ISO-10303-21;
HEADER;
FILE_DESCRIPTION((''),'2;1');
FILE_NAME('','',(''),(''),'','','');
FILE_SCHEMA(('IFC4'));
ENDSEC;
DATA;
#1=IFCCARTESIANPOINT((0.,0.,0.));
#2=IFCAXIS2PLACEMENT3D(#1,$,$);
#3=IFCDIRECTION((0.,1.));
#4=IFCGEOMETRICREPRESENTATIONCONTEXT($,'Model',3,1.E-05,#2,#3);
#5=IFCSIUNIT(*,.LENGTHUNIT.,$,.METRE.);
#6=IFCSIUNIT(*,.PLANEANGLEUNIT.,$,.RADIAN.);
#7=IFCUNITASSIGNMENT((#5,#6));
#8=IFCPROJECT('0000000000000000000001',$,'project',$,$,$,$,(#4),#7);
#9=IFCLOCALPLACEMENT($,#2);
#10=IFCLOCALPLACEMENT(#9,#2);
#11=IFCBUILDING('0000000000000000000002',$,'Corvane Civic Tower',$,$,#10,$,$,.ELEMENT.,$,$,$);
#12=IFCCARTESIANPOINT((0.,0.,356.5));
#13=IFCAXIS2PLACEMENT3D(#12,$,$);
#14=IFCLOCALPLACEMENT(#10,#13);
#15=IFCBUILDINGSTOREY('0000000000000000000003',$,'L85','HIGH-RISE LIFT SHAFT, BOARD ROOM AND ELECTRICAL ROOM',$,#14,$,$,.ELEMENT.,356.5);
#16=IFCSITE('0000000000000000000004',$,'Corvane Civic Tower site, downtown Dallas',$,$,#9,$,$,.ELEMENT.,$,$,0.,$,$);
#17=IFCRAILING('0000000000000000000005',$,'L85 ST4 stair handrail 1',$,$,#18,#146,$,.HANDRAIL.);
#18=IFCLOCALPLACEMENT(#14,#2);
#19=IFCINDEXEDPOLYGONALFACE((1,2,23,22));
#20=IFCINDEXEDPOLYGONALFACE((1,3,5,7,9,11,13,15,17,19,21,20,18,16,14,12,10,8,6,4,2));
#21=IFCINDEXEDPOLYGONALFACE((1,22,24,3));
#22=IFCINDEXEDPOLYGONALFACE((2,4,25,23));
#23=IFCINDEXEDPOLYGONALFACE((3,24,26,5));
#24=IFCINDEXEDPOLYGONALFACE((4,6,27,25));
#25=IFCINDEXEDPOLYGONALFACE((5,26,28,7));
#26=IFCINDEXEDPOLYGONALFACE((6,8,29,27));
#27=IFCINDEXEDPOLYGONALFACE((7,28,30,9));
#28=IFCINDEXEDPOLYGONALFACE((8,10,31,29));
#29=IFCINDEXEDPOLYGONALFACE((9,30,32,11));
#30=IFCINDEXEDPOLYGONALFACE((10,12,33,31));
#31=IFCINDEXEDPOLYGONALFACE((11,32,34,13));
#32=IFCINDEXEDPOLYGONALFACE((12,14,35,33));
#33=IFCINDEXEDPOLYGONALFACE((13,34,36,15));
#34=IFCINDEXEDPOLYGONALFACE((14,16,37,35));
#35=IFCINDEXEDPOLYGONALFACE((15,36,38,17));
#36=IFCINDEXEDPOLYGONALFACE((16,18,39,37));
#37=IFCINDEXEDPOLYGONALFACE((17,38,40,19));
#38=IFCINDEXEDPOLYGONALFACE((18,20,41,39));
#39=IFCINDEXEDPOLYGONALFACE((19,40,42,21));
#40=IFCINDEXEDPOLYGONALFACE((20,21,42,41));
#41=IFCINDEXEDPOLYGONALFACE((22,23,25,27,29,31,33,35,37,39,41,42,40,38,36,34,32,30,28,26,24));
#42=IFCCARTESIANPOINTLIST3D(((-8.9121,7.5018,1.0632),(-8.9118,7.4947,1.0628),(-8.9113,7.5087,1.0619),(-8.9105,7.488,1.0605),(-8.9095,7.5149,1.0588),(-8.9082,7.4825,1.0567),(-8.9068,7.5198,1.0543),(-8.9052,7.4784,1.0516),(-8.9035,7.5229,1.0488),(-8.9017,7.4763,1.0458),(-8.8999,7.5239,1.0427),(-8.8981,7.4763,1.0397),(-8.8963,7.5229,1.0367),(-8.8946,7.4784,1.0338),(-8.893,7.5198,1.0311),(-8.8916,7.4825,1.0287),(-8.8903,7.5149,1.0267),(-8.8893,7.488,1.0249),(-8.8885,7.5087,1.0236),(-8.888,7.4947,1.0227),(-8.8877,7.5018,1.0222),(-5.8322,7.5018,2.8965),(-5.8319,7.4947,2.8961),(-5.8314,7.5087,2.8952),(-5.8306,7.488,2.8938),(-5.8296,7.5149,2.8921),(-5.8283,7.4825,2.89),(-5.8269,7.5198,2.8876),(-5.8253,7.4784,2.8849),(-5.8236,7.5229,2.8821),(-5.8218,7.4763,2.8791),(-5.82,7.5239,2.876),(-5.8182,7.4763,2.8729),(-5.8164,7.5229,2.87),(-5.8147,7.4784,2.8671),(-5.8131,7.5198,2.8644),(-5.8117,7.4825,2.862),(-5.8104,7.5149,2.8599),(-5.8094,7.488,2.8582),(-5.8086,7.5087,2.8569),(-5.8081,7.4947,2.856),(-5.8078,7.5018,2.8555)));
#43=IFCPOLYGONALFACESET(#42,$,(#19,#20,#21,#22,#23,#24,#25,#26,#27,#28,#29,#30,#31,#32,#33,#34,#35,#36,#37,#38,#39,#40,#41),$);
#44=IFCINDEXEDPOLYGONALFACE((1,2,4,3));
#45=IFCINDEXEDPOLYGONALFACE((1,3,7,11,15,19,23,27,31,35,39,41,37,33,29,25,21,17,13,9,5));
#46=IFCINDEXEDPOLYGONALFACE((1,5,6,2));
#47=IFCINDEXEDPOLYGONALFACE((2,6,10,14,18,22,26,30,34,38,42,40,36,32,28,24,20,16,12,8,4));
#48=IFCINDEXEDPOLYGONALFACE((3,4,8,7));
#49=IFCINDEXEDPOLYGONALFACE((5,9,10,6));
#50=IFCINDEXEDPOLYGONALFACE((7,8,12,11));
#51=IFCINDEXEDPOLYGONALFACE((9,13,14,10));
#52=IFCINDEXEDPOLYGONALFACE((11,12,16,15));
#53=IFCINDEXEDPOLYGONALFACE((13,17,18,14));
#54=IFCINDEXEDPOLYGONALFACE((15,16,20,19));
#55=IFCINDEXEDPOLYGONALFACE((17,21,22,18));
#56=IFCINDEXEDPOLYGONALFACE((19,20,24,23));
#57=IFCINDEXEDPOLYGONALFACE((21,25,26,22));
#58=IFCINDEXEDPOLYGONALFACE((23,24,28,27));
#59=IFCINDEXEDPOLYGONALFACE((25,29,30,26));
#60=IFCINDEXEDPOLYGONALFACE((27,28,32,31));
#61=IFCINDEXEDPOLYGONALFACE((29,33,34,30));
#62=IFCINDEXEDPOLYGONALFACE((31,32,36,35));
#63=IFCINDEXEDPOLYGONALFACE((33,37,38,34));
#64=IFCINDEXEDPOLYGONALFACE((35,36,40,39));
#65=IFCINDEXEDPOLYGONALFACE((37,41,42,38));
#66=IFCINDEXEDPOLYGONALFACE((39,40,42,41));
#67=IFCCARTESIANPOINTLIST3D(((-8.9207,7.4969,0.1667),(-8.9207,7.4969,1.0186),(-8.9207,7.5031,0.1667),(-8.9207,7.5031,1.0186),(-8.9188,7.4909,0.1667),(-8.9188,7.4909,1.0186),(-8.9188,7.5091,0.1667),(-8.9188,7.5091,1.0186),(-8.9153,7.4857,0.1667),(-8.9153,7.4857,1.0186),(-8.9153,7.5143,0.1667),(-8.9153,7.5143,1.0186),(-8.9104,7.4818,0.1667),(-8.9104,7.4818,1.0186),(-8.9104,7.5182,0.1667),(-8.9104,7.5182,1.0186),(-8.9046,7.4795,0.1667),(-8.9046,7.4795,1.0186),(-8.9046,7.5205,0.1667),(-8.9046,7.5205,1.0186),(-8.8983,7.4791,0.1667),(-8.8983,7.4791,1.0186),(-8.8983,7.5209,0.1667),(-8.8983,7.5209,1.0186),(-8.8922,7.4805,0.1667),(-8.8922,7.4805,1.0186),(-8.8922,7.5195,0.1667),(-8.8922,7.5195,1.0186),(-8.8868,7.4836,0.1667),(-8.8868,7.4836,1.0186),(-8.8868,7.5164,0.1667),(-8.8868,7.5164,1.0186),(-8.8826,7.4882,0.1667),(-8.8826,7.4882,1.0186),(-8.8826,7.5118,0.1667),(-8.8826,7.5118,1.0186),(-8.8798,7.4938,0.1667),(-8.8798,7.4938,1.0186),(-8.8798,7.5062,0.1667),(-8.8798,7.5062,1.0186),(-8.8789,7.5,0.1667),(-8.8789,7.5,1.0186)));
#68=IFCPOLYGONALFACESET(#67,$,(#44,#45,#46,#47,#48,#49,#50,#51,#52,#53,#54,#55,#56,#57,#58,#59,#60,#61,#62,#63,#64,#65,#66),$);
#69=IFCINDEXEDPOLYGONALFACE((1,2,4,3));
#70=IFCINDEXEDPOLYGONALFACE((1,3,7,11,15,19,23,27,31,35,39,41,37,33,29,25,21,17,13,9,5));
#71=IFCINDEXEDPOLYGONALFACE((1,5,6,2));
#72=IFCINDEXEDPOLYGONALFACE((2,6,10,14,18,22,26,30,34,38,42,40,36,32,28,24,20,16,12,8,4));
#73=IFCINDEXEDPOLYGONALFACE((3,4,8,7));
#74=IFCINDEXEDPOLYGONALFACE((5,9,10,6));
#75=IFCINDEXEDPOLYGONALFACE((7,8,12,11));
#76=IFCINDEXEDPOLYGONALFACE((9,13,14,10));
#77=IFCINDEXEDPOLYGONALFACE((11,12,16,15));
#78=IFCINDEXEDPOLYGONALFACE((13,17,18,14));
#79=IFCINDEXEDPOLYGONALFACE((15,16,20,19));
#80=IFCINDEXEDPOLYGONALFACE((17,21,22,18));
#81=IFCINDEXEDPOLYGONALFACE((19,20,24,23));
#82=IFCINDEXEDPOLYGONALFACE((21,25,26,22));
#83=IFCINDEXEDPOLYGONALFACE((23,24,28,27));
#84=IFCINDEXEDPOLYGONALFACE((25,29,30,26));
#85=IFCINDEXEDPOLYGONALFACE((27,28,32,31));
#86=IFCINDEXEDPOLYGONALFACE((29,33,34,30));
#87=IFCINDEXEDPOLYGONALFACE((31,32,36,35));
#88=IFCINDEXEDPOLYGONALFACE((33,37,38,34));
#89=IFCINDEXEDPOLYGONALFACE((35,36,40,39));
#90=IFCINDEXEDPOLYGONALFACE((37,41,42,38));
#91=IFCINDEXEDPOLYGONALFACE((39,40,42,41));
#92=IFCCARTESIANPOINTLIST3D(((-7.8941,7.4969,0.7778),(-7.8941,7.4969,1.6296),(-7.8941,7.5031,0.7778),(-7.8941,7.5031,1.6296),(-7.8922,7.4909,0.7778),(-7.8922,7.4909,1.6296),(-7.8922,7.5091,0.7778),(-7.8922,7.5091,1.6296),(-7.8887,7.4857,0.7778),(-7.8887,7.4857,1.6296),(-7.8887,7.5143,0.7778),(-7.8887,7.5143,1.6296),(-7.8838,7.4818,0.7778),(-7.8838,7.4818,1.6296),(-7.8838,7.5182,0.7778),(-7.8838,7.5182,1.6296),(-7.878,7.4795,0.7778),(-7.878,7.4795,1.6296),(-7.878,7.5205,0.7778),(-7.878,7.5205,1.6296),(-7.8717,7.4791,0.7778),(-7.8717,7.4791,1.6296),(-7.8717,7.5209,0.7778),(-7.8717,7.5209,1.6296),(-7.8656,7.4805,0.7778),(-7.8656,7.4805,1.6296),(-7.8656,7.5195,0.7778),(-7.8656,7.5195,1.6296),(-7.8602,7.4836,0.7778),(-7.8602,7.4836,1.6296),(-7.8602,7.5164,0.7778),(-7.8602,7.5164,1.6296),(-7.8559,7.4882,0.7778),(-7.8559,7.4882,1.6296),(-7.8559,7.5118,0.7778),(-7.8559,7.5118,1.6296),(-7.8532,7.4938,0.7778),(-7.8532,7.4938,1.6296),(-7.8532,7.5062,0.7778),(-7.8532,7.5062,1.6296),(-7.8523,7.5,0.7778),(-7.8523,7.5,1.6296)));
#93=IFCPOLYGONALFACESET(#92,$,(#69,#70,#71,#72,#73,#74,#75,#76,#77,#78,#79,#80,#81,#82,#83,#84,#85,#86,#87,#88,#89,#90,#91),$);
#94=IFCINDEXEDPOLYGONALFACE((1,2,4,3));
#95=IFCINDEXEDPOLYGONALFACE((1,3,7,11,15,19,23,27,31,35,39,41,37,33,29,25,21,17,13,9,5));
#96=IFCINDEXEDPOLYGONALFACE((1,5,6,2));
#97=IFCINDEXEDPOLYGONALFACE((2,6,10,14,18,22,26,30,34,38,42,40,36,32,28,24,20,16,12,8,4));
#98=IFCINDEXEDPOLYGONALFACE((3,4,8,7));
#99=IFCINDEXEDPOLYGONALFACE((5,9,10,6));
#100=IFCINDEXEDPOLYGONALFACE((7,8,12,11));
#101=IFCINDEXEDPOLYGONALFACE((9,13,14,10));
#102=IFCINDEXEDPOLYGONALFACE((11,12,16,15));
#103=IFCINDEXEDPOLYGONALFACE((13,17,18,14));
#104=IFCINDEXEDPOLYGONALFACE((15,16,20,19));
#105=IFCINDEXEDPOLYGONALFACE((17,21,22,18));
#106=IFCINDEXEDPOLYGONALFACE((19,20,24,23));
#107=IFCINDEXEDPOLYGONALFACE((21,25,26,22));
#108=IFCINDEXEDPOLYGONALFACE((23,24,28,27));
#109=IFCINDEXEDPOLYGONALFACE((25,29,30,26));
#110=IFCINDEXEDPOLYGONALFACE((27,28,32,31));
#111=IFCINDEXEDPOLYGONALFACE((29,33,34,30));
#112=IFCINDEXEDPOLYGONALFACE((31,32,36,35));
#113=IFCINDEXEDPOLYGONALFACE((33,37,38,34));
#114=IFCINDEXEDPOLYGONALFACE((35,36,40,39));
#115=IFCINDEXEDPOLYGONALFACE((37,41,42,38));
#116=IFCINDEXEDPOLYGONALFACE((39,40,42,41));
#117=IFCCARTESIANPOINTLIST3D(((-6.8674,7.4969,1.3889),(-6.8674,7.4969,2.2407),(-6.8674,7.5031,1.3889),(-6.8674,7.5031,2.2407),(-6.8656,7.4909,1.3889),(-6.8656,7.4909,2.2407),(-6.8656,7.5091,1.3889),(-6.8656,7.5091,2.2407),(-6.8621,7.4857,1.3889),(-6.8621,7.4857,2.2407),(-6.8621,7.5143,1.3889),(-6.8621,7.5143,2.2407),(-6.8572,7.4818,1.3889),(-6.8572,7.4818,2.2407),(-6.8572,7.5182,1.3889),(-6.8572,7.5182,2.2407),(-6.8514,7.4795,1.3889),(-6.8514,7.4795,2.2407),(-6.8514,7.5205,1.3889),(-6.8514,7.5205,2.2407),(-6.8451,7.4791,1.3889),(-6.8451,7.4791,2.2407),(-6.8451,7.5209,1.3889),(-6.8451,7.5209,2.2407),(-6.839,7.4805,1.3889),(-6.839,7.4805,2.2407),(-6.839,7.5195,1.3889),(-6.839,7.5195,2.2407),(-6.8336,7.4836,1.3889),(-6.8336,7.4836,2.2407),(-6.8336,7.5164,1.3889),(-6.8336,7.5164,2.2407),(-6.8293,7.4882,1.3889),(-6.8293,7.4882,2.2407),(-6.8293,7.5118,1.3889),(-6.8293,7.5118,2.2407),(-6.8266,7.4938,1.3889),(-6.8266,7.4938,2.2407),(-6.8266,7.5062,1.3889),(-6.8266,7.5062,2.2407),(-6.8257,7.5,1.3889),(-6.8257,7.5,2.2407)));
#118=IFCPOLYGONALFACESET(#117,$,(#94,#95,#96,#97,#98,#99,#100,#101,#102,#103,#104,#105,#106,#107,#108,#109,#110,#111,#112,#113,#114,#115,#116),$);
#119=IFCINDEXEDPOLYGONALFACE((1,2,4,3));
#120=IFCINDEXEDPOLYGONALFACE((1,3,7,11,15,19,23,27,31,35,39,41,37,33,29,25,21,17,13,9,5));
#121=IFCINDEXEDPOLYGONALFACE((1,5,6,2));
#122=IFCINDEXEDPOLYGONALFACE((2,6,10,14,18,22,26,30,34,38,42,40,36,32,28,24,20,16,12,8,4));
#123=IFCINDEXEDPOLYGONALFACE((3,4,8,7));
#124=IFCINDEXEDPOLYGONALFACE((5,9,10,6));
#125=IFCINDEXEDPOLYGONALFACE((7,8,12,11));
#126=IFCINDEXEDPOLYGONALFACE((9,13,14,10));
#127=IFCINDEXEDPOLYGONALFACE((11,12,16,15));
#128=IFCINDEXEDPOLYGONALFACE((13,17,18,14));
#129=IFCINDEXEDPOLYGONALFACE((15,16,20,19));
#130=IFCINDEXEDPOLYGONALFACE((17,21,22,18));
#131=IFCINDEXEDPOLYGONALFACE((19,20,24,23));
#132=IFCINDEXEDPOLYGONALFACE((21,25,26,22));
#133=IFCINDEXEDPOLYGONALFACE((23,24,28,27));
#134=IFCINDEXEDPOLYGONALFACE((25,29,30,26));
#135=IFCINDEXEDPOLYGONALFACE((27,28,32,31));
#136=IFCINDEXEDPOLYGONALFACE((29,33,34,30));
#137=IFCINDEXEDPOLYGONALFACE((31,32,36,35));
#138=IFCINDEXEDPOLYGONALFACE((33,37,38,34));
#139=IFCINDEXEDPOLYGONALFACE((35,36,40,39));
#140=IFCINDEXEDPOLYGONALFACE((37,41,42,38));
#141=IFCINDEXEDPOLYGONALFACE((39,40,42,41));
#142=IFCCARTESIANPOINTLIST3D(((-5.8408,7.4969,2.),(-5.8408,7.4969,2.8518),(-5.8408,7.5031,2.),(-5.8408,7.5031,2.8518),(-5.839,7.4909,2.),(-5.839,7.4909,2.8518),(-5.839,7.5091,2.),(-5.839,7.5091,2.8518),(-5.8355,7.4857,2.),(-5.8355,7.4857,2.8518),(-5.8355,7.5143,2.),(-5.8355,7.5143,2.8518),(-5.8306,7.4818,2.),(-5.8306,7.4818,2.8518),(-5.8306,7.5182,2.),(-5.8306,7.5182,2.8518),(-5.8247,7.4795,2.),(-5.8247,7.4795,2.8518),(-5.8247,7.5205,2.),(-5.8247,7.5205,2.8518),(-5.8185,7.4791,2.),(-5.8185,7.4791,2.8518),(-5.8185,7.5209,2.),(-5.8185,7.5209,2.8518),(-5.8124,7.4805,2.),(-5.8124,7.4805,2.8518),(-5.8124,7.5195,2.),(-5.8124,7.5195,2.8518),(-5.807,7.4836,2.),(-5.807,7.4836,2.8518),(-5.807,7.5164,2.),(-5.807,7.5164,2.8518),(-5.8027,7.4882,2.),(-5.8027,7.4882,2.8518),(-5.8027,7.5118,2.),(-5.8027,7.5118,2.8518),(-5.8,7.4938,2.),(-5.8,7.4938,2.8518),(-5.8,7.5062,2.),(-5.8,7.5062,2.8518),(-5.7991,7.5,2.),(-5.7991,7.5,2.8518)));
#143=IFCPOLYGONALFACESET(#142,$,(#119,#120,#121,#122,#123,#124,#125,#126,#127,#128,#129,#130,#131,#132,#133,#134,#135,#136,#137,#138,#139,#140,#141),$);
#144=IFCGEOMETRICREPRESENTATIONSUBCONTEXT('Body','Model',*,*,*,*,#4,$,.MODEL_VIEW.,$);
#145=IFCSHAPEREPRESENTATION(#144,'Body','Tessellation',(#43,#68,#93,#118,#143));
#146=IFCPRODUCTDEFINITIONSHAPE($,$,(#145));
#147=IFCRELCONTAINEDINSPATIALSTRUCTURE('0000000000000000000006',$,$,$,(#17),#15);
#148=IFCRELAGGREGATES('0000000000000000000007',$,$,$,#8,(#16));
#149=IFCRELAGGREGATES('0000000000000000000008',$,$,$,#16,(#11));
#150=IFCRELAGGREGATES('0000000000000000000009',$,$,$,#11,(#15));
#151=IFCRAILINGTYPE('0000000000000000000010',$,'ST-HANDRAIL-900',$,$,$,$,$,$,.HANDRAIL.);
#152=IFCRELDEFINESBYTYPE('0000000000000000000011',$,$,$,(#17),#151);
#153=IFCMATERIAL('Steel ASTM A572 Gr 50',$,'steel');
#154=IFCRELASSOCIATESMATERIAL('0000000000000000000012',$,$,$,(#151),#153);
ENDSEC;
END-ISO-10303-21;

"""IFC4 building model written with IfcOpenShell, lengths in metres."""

from ifc_helpers import new_model, si_unit, direction, frame, origin, origin_2d, place, context, subcontext, project, spatial, circle, extrude, material, type_object, element, save


model = new_model("IFC4")

# Units and contexts
model_context = context("Model", 3, precision=1e-05, world=origin(), true_north=direction((0.0, 1.0)))
body_context = subcontext(model_context, "Body", "Model", "MODEL_VIEW")
ifc_project = project(units=[si_unit("LENGTHUNIT", "METRE"), si_unit("PLANEANGLEUNIT", "RADIAN")], contexts=[model_context])

# Site, building, storey
site_placement = place(None, origin())
site = spatial("IfcSite", under=ifc_project, at=site_placement, Name="Corvane Civic Tower site, downtown Dallas", CompositionType="ELEMENT", RefElevation=0.0)
building_placement = place(site_placement, origin())
building = spatial("IfcBuilding", under=site, at=building_placement, Name="Corvane Civic Tower", CompositionType="ELEMENT")
storey_placement = place(building_placement, frame((0.0, 0.0, 356.5)))
storey = spatial("IfcBuildingStorey", under=building, at=storey_placement, Name="L85", Description="HIGH-RISE LIFT SHAFT, BOARD ROOM AND ELECTRICAL ROOM", CompositionType="ELEMENT", Elevation=356.5)

# Railing
ifc_material_1 = material(Name="Steel ASTM A572 Gr 50", Category="steel")
railing_type_1 = type_object("IfcRailingType", Name="ST-HANDRAIL-900", PredefinedType="HANDRAIL", material=ifc_material_1)
railing_1_placement = place(storey_placement, frame((-8.8999, 7.5, 0.1667)))
element("IfcRailing", 1, at=railing_1_placement, inside=storey, type_object=railing_type_1, Name="L85 ST4 stair handrail 1", PredefinedType="HANDRAIL", context=body_context, shape_type="SweptSolid", body=[
    extrude(circle(Radius=0.0239, at=origin_2d()), frame((0.0, 0.0, 0.876), z_axis=(0.859291, 0.0, 0.511487), x_axis=(0.0, 1.0, 0.0)), (0.0, 0.0, 1.0), 3.5842),
    extrude(circle(Radius=0.021, at=origin_2d()), origin(), (0.0, 0.0, 1.0), 0.8518),
    extrude(circle(Radius=0.021, at=origin_2d()), frame((1.0266, 0.0, 0.6111)), (0.0, 0.0, 1.0), 0.8518),
    extrude(circle(Radius=0.021, at=origin_2d()), frame((2.0532, 0.0, 1.2222)), (0.0, 0.0, 1.0), 0.8518),
    extrude(circle(Radius=0.021, at=origin_2d()), frame((3.0798, 0.0, 1.8333)), (0.0, 0.0, 1.0), 0.8518),
])

save(model, "model.ifc")
